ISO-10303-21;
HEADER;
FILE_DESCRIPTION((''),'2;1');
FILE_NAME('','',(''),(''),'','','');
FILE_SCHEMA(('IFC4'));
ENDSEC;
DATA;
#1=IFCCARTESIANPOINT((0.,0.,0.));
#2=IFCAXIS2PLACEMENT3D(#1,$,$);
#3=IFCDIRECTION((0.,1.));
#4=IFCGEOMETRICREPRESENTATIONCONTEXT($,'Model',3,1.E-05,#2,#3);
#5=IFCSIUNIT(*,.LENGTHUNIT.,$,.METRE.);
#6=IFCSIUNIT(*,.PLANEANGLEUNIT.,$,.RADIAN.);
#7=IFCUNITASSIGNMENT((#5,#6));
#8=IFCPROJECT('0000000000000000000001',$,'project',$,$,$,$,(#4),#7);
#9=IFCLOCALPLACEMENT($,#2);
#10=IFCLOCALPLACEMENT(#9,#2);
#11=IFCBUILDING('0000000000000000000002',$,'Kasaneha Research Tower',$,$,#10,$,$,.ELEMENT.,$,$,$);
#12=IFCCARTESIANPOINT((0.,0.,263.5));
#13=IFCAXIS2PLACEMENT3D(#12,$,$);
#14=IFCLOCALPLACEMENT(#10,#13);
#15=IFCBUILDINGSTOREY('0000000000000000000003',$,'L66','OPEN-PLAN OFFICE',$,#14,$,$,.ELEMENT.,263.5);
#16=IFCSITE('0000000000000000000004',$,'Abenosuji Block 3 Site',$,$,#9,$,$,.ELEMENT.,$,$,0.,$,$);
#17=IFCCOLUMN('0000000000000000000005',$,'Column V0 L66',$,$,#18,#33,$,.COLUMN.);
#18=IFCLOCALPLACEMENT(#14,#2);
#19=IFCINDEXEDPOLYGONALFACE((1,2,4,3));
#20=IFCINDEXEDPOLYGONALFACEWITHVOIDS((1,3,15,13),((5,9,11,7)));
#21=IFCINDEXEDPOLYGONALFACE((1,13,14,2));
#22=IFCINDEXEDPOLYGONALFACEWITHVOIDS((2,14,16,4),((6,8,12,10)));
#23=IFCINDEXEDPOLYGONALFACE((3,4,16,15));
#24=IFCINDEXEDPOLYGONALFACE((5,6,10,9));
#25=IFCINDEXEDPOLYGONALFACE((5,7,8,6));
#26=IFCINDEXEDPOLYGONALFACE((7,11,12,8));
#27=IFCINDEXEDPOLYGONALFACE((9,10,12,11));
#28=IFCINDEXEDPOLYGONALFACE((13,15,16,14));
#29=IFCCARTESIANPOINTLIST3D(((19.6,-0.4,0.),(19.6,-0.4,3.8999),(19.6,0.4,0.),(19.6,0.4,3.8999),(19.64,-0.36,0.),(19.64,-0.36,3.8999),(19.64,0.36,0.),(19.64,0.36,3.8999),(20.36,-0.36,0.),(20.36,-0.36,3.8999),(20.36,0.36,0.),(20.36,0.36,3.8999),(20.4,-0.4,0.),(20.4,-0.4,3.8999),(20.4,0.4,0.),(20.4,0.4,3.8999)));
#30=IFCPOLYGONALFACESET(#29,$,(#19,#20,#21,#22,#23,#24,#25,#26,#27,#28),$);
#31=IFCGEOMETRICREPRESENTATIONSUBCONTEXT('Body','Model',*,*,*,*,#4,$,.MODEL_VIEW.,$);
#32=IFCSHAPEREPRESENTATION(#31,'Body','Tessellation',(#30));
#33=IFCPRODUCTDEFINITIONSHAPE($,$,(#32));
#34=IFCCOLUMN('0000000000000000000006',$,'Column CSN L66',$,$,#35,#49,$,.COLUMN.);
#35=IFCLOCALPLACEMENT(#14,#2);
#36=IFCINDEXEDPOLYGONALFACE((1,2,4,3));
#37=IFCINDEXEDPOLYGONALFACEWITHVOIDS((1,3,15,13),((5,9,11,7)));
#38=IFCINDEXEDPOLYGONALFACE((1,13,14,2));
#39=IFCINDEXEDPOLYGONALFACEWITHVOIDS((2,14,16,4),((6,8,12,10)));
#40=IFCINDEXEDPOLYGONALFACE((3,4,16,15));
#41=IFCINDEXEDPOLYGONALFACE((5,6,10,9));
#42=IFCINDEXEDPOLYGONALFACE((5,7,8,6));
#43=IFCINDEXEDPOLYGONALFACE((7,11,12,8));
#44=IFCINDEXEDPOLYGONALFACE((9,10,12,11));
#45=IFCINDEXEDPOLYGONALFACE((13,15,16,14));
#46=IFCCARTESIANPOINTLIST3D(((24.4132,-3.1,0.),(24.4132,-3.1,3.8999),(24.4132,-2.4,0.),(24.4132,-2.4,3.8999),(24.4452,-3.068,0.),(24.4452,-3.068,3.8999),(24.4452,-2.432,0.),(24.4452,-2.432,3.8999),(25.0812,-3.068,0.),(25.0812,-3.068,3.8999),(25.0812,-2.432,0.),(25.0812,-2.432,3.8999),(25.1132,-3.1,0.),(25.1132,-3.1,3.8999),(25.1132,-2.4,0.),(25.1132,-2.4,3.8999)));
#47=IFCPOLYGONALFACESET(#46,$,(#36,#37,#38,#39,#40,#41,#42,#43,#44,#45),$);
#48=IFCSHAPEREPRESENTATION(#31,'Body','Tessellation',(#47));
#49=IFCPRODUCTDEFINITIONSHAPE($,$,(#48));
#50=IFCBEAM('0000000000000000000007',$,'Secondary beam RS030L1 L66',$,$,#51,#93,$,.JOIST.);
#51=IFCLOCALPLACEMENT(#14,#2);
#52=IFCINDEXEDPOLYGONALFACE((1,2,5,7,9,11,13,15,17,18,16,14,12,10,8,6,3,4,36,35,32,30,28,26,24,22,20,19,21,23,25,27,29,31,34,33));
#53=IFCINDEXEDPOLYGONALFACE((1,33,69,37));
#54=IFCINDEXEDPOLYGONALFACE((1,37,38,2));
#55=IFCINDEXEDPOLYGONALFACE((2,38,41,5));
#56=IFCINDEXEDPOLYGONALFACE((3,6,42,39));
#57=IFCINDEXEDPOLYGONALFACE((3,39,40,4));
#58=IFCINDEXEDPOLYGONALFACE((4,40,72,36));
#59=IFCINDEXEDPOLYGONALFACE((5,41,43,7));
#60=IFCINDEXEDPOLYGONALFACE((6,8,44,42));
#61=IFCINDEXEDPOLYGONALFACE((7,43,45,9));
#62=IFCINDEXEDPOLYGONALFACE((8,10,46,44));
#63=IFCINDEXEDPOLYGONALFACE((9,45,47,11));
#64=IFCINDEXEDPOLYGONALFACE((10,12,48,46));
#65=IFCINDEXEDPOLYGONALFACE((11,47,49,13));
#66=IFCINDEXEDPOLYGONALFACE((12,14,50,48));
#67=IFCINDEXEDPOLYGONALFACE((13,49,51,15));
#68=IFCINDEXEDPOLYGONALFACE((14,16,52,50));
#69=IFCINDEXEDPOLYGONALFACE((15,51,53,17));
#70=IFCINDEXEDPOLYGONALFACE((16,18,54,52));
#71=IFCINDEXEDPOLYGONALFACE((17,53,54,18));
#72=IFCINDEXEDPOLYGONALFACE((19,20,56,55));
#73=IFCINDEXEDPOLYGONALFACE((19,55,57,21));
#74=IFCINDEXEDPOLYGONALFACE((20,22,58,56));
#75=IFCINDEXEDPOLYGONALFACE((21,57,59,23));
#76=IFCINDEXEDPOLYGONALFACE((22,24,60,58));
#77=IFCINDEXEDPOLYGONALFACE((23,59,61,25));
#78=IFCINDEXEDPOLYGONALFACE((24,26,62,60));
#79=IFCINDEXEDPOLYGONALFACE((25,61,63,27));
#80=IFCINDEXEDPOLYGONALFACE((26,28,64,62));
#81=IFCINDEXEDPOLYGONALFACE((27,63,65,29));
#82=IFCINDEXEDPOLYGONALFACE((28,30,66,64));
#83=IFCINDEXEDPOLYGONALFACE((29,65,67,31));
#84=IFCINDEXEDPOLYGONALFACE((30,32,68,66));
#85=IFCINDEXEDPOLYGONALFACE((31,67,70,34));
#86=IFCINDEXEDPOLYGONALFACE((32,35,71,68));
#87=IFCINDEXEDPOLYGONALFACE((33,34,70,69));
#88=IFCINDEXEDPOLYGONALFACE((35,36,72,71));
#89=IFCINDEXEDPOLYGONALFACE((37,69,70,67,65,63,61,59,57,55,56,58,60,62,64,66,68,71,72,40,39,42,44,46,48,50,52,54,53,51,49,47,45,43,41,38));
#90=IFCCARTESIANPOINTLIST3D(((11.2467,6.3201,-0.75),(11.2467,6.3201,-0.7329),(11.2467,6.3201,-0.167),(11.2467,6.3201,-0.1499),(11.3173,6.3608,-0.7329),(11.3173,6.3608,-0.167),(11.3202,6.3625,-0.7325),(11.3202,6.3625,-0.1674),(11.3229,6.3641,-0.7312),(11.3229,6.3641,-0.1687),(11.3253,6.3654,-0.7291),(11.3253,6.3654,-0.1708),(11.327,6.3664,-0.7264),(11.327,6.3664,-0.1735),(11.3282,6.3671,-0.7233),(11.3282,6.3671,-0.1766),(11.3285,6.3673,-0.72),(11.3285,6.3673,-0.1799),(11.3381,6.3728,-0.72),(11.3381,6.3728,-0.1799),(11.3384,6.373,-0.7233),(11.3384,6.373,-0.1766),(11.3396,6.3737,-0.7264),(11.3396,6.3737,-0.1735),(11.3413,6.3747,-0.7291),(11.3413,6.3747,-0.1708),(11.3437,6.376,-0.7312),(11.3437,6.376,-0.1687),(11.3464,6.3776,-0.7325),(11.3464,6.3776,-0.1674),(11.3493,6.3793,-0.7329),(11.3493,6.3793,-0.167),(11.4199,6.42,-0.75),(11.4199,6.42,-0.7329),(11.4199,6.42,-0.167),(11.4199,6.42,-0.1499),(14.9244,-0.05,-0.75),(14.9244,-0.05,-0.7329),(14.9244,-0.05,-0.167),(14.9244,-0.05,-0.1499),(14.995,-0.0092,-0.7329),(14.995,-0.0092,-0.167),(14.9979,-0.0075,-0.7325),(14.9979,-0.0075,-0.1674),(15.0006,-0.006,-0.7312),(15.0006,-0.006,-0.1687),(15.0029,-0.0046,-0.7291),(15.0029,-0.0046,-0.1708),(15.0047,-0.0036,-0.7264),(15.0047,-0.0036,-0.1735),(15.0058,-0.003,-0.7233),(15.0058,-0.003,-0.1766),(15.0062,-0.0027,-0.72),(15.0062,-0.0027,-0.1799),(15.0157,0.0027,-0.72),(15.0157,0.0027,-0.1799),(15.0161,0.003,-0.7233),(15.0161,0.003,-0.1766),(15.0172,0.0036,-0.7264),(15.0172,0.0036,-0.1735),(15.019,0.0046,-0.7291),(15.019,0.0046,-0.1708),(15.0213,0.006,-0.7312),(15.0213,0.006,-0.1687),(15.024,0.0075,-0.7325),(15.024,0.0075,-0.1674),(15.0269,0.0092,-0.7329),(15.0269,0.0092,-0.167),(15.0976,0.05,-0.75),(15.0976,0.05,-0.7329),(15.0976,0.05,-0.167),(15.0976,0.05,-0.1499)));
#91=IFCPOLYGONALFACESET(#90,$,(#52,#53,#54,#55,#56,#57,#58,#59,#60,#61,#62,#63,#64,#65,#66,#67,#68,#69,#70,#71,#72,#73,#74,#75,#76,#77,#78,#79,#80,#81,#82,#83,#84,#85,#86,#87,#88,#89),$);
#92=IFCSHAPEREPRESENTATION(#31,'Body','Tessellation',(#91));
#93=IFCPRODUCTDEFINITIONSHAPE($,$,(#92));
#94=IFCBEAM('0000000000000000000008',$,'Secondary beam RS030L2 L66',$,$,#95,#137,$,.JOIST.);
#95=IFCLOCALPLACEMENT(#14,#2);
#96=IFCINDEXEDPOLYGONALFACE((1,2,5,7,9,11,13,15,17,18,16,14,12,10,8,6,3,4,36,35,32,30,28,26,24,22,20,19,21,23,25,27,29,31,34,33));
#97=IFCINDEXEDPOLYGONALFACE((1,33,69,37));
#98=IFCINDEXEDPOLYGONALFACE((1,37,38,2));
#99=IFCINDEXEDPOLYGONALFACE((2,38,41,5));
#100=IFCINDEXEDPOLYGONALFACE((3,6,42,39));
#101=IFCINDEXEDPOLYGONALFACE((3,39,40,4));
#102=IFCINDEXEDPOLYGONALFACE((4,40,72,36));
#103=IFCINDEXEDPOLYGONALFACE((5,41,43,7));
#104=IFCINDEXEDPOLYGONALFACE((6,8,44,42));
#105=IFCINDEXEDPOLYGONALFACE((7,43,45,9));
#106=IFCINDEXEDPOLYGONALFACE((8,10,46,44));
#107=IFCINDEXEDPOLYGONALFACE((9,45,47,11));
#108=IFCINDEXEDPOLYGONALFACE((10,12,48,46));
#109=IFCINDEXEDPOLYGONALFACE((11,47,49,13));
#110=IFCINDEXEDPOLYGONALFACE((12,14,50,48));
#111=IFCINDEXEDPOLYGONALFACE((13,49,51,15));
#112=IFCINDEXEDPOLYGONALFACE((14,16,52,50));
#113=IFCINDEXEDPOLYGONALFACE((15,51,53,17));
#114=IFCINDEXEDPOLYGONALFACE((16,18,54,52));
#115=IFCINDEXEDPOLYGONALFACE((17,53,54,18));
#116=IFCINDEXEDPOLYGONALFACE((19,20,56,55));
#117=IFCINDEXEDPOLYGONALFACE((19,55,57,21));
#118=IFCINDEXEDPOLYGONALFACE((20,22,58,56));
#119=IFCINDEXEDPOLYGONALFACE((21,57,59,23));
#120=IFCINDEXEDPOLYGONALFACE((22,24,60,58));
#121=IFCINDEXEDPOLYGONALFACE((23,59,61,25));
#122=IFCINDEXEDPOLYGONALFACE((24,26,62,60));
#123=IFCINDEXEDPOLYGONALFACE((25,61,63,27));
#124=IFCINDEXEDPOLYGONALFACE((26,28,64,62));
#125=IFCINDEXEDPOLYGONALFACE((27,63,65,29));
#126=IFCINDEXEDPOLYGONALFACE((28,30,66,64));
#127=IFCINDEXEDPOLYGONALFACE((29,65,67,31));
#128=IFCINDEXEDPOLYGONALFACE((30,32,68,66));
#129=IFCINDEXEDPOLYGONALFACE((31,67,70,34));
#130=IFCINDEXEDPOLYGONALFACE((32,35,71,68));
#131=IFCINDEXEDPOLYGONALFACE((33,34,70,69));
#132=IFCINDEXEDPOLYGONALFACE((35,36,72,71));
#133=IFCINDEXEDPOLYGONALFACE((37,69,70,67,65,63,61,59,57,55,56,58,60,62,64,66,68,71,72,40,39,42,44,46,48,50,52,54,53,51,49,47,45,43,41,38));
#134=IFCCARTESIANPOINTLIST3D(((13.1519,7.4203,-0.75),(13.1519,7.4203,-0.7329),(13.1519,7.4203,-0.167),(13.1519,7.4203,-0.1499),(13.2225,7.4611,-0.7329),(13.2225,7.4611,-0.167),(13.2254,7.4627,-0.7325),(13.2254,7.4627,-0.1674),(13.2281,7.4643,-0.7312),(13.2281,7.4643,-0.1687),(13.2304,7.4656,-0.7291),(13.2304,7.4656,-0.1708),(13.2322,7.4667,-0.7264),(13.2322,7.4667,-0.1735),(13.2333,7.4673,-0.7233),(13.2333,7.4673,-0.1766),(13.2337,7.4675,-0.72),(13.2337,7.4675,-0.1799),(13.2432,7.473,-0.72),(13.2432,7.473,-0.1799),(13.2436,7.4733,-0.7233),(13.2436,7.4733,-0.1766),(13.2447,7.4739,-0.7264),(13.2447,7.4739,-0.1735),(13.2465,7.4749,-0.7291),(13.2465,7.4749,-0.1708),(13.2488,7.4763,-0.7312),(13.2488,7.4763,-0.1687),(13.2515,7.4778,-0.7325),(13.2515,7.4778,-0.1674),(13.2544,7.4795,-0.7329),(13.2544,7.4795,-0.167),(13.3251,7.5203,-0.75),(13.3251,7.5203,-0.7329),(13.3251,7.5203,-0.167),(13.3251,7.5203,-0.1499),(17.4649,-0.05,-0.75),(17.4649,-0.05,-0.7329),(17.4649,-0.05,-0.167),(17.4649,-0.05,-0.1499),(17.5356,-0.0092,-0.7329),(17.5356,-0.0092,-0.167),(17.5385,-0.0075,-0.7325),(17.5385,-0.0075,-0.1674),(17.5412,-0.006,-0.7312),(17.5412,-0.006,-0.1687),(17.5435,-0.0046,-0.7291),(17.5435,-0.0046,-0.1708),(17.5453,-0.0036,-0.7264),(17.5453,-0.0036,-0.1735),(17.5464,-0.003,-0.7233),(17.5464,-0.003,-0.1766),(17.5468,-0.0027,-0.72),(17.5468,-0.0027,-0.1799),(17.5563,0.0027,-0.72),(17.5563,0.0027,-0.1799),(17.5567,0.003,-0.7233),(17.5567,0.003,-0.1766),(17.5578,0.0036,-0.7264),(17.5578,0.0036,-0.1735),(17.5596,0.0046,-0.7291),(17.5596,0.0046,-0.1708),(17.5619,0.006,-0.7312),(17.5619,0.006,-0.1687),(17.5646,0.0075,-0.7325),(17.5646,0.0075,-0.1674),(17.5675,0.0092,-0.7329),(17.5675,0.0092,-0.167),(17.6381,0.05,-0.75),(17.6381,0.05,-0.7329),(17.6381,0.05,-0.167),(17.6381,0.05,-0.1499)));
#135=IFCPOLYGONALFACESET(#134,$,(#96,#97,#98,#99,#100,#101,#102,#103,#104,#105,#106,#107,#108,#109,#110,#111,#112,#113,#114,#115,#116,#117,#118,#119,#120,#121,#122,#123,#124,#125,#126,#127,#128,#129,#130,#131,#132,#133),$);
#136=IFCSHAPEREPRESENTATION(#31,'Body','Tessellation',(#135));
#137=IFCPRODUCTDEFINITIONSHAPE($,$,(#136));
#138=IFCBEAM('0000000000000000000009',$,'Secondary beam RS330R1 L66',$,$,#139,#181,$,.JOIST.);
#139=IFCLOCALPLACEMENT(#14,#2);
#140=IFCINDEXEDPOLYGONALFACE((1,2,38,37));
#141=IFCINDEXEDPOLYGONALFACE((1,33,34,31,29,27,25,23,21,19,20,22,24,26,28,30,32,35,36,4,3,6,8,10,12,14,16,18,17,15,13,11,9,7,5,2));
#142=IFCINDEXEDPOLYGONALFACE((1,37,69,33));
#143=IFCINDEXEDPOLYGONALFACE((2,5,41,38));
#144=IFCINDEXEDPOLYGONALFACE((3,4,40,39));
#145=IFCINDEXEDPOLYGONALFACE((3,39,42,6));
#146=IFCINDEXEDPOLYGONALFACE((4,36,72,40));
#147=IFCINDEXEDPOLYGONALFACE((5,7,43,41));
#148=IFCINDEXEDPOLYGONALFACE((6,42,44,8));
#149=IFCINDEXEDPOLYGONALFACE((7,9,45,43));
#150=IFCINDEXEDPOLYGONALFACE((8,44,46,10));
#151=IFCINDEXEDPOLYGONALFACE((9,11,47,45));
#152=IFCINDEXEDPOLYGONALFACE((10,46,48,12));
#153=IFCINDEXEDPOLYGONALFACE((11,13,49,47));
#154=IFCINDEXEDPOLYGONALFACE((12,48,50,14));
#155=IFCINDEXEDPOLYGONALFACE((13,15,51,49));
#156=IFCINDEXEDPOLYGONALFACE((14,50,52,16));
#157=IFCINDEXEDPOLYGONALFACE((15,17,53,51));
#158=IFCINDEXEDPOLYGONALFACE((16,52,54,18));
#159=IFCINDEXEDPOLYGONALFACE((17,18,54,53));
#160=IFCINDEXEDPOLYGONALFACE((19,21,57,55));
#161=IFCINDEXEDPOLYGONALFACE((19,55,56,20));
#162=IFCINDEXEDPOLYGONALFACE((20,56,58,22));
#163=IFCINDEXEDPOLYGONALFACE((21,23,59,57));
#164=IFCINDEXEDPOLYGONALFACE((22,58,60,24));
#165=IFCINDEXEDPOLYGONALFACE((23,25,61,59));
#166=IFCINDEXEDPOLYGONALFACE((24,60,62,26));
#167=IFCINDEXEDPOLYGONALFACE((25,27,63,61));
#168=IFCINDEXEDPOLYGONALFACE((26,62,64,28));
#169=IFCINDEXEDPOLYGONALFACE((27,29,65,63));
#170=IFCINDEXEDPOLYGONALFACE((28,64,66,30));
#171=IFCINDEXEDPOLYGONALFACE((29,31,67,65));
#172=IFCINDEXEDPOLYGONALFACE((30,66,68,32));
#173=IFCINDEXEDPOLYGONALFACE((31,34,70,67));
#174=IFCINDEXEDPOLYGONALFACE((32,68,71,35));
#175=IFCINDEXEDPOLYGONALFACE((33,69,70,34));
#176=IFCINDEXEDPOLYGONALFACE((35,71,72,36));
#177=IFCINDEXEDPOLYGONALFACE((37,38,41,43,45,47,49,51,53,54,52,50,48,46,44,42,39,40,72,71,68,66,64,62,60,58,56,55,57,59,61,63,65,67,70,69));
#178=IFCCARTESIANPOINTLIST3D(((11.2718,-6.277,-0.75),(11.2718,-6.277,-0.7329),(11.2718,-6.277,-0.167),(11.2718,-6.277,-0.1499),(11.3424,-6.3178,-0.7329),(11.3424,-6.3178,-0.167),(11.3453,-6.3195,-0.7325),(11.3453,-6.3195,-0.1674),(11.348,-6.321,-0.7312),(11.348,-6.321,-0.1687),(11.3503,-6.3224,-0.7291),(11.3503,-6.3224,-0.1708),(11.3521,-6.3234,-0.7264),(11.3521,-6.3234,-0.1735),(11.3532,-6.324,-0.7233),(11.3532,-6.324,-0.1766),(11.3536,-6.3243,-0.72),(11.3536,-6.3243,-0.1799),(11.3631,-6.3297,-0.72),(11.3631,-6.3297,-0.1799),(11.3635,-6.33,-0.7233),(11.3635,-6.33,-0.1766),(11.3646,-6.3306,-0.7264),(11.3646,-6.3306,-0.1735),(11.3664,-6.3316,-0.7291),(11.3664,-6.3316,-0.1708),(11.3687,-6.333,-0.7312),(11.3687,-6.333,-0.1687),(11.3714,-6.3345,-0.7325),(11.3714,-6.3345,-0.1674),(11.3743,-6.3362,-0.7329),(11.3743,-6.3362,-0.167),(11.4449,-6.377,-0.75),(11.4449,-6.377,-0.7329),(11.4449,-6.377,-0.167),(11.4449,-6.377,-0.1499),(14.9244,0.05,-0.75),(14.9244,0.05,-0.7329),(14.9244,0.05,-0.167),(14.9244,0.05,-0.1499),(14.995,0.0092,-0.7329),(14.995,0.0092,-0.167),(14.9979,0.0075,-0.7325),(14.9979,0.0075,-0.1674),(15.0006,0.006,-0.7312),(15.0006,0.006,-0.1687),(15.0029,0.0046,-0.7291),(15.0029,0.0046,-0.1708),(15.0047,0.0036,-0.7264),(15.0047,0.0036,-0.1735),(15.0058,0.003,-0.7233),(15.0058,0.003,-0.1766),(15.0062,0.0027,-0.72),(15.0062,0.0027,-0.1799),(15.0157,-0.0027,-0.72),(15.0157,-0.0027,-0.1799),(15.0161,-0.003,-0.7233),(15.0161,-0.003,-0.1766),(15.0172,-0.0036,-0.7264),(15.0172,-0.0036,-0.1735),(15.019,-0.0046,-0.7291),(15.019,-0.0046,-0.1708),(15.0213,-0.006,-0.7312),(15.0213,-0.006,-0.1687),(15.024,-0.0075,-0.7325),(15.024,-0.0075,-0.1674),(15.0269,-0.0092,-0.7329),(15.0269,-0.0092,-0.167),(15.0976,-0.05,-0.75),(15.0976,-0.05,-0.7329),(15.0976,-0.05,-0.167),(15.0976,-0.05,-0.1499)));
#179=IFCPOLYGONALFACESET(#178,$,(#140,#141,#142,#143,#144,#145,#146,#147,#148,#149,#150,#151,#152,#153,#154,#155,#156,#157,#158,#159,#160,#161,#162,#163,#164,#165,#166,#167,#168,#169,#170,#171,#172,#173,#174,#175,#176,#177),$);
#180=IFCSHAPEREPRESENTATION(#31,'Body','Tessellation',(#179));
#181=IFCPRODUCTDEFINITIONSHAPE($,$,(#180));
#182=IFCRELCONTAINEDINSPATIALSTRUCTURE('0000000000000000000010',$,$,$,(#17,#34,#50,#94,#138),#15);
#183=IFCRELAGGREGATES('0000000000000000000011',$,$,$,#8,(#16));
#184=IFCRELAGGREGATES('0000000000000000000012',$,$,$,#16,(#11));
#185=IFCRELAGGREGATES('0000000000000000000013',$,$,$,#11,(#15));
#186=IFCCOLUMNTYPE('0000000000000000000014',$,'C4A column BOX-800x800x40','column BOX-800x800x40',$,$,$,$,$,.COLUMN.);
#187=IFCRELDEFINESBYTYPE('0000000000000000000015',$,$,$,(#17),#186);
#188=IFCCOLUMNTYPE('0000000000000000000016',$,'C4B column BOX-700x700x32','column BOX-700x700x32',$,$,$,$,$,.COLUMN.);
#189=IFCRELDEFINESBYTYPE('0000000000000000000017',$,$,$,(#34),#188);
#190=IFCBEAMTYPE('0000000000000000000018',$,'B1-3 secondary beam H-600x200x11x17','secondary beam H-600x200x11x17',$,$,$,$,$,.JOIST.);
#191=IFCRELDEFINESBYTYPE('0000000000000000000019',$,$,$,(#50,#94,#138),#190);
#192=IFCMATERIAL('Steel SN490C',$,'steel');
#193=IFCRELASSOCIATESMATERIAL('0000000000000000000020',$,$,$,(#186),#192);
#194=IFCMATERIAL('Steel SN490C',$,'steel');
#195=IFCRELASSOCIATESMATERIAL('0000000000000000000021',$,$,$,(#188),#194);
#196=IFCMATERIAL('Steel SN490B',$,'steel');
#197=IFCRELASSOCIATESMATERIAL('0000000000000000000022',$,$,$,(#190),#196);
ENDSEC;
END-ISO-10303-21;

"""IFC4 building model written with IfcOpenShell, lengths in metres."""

from ifc_helpers import new_model, si_unit, direction, frame, origin, origin_2d, place, context, subcontext, project, spatial, hollow_rectangle, i_section, extrude, material, material_profile, profile_set, type_object, element, save


model = new_model("IFC4")

# Units and contexts
model_context = context("Model", 3, precision=1e-05, world=origin(), true_north=direction((0.0, 1.0)))
body_context = subcontext(model_context, "Body", "Model", "MODEL_VIEW")
ifc_project = project(units=[si_unit("LENGTHUNIT", "METRE"), si_unit("PLANEANGLEUNIT", "RADIAN")], contexts=[model_context])

# Site, building, storey
site_placement = place(None, origin())
site = spatial("IfcSite", under=ifc_project, at=site_placement, Name="Abenosuji Block 3 Site", CompositionType="ELEMENT", RefElevation=0.0)
building_placement = place(site_placement, origin())
building = spatial("IfcBuilding", under=site, at=building_placement, Name="Kasaneha Research Tower", CompositionType="ELEMENT")
storey_placement = place(building_placement, frame((0.0, 0.0, 263.5)))
storey = spatial("IfcBuildingStorey", under=building, at=storey_placement, Name="L66", Description="OPEN-PLAN OFFICE", CompositionType="ELEMENT", Elevation=263.5)

# Columns
ifc_material_1 = material(Name="Steel SN490C", Category="steel")
ifc_material_profile_1 = material_profile(ifc_material_1, hollow_rectangle(XDim=0.8, YDim=0.8, WallThickness=0.04, at=origin_2d()), Name="BOX-800x800x40")
ifc_profile_set_1 = profile_set([ifc_material_profile_1], Name="Steel SN490C")
column_type_1 = type_object("IfcColumnType", Name="C4A column BOX-800x800x40", Description="column BOX-800x800x40", PredefinedType="COLUMN", material=ifc_profile_set_1)
column_1_placement = place(storey_placement, frame((20.0, 0.0, 0.0), z_axis=(0.0, 0.0, 1.0), x_axis=(1.0, 0.0, 0.0)))
element("IfcColumn", 1, at=column_1_placement, inside=storey, type_object=column_type_1, Name="Column V0 L66", PredefinedType="COLUMN", context=body_context, shape_type="SweptSolid", body=[
    extrude(hollow_rectangle(XDim=0.8, YDim=0.8, WallThickness=0.04, at=origin_2d()), origin(), (0.0, 0.0, 1.0), 3.8999),
])
ifc_material_2 = material(Name="Steel SN490C", Category="steel")
ifc_material_profile_2 = material_profile(ifc_material_2, hollow_rectangle(XDim=0.7, YDim=0.7, WallThickness=0.032, at=origin_2d()), Name="BOX-700x700x32")
ifc_profile_set_2 = profile_set([ifc_material_profile_2], Name="Steel SN490C")
column_type_2 = type_object("IfcColumnType", Name="C4B column BOX-700x700x32", Description="column BOX-700x700x32", PredefinedType="COLUMN", material=ifc_profile_set_2)
column_2_placement = place(storey_placement, frame((24.7632, -2.75, 0.0), z_axis=(0.0, 0.0, 1.0), x_axis=(1.0, 0.0, 0.0)))
element("IfcColumn", 2, at=column_2_placement, inside=storey, type_object=column_type_2, Name="Column CSN L66", PredefinedType="COLUMN", context=body_context, shape_type="SweptSolid", body=[
    extrude(hollow_rectangle(XDim=0.7, YDim=0.7, WallThickness=0.032, at=origin_2d()), origin(), (0.0, 0.0, 1.0), 3.8999),
])

# Beams
ifc_material_3 = material(Name="Steel SN490B", Category="steel")
ifc_material_profile_3 = material_profile(ifc_material_3, i_section(OverallWidth=0.2, OverallDepth=0.6001, WebThickness=0.011, FlangeThickness=0.0171, FilletRadius=0.0129, at=origin_2d()), Name="H-600x200x11x17")
ifc_profile_set_3 = profile_set([ifc_material_profile_3], Name="Steel SN490B")
beam_type_1 = type_object("IfcBeamType", Name="B1-3 secondary beam H-600x200x11x17", Description="secondary beam H-600x200x11x17", PredefinedType="JOIST", material=ifc_profile_set_3)
beam_1_placement = place(storey_placement, frame((15.011, 0.0, -0.45), z_axis=(-0.499994, 0.866029, 0.0), x_axis=(-0.866029, -0.499994, 0.0)))
element("IfcBeam", 3, at=beam_1_placement, inside=storey, type_object=beam_type_1, Name="Secondary beam RS030L1 L66", PredefinedType="JOIST", context=body_context, shape_type="SweptSolid", body=[
    extrude(i_section(OverallWidth=0.2, OverallDepth=0.6001, WebThickness=0.011, FlangeThickness=0.0171, FilletRadius=0.0129, at=origin_2d()), origin(), (0.0, 0.0, 1.0), 7.3555),
])
beam_2_placement = place(storey_placement, frame((17.5515, 0.0, -0.45), z_axis=(-0.500005, 0.866023, 0.0), x_axis=(-0.866023, -0.500005, 0.0)))
element("IfcBeam", 4, at=beam_2_placement, inside=storey, type_object=beam_type_1, Name="Secondary beam RS030L2 L66", PredefinedType="JOIST", context=body_context, shape_type="SweptSolid", body=[
    extrude(i_section(OverallWidth=0.2, OverallDepth=0.6001, WebThickness=0.011, FlangeThickness=0.0171, FilletRadius=0.0129, at=origin_2d()), origin(), (0.0, 0.0, 1.0), 8.626),
])
beam_3_placement = place(storey_placement, frame((15.011, 0.0, -0.45), z_axis=(-0.499974, -0.86604, 0.0), x_axis=(0.86604, -0.499974, 0.0)))
element("IfcBeam", 5, at=beam_3_placement, inside=storey, type_object=beam_type_1, Name="Secondary beam RS330R1 L66", PredefinedType="JOIST", context=body_context, shape_type="SweptSolid", body=[
    extrude(i_section(OverallWidth=0.2, OverallDepth=0.6001, WebThickness=0.011, FlangeThickness=0.0171, FilletRadius=0.0129, at=origin_2d()), origin(), (0.0, 0.0, 1.0), 7.3057),
])

save(model, "model.ifc")
